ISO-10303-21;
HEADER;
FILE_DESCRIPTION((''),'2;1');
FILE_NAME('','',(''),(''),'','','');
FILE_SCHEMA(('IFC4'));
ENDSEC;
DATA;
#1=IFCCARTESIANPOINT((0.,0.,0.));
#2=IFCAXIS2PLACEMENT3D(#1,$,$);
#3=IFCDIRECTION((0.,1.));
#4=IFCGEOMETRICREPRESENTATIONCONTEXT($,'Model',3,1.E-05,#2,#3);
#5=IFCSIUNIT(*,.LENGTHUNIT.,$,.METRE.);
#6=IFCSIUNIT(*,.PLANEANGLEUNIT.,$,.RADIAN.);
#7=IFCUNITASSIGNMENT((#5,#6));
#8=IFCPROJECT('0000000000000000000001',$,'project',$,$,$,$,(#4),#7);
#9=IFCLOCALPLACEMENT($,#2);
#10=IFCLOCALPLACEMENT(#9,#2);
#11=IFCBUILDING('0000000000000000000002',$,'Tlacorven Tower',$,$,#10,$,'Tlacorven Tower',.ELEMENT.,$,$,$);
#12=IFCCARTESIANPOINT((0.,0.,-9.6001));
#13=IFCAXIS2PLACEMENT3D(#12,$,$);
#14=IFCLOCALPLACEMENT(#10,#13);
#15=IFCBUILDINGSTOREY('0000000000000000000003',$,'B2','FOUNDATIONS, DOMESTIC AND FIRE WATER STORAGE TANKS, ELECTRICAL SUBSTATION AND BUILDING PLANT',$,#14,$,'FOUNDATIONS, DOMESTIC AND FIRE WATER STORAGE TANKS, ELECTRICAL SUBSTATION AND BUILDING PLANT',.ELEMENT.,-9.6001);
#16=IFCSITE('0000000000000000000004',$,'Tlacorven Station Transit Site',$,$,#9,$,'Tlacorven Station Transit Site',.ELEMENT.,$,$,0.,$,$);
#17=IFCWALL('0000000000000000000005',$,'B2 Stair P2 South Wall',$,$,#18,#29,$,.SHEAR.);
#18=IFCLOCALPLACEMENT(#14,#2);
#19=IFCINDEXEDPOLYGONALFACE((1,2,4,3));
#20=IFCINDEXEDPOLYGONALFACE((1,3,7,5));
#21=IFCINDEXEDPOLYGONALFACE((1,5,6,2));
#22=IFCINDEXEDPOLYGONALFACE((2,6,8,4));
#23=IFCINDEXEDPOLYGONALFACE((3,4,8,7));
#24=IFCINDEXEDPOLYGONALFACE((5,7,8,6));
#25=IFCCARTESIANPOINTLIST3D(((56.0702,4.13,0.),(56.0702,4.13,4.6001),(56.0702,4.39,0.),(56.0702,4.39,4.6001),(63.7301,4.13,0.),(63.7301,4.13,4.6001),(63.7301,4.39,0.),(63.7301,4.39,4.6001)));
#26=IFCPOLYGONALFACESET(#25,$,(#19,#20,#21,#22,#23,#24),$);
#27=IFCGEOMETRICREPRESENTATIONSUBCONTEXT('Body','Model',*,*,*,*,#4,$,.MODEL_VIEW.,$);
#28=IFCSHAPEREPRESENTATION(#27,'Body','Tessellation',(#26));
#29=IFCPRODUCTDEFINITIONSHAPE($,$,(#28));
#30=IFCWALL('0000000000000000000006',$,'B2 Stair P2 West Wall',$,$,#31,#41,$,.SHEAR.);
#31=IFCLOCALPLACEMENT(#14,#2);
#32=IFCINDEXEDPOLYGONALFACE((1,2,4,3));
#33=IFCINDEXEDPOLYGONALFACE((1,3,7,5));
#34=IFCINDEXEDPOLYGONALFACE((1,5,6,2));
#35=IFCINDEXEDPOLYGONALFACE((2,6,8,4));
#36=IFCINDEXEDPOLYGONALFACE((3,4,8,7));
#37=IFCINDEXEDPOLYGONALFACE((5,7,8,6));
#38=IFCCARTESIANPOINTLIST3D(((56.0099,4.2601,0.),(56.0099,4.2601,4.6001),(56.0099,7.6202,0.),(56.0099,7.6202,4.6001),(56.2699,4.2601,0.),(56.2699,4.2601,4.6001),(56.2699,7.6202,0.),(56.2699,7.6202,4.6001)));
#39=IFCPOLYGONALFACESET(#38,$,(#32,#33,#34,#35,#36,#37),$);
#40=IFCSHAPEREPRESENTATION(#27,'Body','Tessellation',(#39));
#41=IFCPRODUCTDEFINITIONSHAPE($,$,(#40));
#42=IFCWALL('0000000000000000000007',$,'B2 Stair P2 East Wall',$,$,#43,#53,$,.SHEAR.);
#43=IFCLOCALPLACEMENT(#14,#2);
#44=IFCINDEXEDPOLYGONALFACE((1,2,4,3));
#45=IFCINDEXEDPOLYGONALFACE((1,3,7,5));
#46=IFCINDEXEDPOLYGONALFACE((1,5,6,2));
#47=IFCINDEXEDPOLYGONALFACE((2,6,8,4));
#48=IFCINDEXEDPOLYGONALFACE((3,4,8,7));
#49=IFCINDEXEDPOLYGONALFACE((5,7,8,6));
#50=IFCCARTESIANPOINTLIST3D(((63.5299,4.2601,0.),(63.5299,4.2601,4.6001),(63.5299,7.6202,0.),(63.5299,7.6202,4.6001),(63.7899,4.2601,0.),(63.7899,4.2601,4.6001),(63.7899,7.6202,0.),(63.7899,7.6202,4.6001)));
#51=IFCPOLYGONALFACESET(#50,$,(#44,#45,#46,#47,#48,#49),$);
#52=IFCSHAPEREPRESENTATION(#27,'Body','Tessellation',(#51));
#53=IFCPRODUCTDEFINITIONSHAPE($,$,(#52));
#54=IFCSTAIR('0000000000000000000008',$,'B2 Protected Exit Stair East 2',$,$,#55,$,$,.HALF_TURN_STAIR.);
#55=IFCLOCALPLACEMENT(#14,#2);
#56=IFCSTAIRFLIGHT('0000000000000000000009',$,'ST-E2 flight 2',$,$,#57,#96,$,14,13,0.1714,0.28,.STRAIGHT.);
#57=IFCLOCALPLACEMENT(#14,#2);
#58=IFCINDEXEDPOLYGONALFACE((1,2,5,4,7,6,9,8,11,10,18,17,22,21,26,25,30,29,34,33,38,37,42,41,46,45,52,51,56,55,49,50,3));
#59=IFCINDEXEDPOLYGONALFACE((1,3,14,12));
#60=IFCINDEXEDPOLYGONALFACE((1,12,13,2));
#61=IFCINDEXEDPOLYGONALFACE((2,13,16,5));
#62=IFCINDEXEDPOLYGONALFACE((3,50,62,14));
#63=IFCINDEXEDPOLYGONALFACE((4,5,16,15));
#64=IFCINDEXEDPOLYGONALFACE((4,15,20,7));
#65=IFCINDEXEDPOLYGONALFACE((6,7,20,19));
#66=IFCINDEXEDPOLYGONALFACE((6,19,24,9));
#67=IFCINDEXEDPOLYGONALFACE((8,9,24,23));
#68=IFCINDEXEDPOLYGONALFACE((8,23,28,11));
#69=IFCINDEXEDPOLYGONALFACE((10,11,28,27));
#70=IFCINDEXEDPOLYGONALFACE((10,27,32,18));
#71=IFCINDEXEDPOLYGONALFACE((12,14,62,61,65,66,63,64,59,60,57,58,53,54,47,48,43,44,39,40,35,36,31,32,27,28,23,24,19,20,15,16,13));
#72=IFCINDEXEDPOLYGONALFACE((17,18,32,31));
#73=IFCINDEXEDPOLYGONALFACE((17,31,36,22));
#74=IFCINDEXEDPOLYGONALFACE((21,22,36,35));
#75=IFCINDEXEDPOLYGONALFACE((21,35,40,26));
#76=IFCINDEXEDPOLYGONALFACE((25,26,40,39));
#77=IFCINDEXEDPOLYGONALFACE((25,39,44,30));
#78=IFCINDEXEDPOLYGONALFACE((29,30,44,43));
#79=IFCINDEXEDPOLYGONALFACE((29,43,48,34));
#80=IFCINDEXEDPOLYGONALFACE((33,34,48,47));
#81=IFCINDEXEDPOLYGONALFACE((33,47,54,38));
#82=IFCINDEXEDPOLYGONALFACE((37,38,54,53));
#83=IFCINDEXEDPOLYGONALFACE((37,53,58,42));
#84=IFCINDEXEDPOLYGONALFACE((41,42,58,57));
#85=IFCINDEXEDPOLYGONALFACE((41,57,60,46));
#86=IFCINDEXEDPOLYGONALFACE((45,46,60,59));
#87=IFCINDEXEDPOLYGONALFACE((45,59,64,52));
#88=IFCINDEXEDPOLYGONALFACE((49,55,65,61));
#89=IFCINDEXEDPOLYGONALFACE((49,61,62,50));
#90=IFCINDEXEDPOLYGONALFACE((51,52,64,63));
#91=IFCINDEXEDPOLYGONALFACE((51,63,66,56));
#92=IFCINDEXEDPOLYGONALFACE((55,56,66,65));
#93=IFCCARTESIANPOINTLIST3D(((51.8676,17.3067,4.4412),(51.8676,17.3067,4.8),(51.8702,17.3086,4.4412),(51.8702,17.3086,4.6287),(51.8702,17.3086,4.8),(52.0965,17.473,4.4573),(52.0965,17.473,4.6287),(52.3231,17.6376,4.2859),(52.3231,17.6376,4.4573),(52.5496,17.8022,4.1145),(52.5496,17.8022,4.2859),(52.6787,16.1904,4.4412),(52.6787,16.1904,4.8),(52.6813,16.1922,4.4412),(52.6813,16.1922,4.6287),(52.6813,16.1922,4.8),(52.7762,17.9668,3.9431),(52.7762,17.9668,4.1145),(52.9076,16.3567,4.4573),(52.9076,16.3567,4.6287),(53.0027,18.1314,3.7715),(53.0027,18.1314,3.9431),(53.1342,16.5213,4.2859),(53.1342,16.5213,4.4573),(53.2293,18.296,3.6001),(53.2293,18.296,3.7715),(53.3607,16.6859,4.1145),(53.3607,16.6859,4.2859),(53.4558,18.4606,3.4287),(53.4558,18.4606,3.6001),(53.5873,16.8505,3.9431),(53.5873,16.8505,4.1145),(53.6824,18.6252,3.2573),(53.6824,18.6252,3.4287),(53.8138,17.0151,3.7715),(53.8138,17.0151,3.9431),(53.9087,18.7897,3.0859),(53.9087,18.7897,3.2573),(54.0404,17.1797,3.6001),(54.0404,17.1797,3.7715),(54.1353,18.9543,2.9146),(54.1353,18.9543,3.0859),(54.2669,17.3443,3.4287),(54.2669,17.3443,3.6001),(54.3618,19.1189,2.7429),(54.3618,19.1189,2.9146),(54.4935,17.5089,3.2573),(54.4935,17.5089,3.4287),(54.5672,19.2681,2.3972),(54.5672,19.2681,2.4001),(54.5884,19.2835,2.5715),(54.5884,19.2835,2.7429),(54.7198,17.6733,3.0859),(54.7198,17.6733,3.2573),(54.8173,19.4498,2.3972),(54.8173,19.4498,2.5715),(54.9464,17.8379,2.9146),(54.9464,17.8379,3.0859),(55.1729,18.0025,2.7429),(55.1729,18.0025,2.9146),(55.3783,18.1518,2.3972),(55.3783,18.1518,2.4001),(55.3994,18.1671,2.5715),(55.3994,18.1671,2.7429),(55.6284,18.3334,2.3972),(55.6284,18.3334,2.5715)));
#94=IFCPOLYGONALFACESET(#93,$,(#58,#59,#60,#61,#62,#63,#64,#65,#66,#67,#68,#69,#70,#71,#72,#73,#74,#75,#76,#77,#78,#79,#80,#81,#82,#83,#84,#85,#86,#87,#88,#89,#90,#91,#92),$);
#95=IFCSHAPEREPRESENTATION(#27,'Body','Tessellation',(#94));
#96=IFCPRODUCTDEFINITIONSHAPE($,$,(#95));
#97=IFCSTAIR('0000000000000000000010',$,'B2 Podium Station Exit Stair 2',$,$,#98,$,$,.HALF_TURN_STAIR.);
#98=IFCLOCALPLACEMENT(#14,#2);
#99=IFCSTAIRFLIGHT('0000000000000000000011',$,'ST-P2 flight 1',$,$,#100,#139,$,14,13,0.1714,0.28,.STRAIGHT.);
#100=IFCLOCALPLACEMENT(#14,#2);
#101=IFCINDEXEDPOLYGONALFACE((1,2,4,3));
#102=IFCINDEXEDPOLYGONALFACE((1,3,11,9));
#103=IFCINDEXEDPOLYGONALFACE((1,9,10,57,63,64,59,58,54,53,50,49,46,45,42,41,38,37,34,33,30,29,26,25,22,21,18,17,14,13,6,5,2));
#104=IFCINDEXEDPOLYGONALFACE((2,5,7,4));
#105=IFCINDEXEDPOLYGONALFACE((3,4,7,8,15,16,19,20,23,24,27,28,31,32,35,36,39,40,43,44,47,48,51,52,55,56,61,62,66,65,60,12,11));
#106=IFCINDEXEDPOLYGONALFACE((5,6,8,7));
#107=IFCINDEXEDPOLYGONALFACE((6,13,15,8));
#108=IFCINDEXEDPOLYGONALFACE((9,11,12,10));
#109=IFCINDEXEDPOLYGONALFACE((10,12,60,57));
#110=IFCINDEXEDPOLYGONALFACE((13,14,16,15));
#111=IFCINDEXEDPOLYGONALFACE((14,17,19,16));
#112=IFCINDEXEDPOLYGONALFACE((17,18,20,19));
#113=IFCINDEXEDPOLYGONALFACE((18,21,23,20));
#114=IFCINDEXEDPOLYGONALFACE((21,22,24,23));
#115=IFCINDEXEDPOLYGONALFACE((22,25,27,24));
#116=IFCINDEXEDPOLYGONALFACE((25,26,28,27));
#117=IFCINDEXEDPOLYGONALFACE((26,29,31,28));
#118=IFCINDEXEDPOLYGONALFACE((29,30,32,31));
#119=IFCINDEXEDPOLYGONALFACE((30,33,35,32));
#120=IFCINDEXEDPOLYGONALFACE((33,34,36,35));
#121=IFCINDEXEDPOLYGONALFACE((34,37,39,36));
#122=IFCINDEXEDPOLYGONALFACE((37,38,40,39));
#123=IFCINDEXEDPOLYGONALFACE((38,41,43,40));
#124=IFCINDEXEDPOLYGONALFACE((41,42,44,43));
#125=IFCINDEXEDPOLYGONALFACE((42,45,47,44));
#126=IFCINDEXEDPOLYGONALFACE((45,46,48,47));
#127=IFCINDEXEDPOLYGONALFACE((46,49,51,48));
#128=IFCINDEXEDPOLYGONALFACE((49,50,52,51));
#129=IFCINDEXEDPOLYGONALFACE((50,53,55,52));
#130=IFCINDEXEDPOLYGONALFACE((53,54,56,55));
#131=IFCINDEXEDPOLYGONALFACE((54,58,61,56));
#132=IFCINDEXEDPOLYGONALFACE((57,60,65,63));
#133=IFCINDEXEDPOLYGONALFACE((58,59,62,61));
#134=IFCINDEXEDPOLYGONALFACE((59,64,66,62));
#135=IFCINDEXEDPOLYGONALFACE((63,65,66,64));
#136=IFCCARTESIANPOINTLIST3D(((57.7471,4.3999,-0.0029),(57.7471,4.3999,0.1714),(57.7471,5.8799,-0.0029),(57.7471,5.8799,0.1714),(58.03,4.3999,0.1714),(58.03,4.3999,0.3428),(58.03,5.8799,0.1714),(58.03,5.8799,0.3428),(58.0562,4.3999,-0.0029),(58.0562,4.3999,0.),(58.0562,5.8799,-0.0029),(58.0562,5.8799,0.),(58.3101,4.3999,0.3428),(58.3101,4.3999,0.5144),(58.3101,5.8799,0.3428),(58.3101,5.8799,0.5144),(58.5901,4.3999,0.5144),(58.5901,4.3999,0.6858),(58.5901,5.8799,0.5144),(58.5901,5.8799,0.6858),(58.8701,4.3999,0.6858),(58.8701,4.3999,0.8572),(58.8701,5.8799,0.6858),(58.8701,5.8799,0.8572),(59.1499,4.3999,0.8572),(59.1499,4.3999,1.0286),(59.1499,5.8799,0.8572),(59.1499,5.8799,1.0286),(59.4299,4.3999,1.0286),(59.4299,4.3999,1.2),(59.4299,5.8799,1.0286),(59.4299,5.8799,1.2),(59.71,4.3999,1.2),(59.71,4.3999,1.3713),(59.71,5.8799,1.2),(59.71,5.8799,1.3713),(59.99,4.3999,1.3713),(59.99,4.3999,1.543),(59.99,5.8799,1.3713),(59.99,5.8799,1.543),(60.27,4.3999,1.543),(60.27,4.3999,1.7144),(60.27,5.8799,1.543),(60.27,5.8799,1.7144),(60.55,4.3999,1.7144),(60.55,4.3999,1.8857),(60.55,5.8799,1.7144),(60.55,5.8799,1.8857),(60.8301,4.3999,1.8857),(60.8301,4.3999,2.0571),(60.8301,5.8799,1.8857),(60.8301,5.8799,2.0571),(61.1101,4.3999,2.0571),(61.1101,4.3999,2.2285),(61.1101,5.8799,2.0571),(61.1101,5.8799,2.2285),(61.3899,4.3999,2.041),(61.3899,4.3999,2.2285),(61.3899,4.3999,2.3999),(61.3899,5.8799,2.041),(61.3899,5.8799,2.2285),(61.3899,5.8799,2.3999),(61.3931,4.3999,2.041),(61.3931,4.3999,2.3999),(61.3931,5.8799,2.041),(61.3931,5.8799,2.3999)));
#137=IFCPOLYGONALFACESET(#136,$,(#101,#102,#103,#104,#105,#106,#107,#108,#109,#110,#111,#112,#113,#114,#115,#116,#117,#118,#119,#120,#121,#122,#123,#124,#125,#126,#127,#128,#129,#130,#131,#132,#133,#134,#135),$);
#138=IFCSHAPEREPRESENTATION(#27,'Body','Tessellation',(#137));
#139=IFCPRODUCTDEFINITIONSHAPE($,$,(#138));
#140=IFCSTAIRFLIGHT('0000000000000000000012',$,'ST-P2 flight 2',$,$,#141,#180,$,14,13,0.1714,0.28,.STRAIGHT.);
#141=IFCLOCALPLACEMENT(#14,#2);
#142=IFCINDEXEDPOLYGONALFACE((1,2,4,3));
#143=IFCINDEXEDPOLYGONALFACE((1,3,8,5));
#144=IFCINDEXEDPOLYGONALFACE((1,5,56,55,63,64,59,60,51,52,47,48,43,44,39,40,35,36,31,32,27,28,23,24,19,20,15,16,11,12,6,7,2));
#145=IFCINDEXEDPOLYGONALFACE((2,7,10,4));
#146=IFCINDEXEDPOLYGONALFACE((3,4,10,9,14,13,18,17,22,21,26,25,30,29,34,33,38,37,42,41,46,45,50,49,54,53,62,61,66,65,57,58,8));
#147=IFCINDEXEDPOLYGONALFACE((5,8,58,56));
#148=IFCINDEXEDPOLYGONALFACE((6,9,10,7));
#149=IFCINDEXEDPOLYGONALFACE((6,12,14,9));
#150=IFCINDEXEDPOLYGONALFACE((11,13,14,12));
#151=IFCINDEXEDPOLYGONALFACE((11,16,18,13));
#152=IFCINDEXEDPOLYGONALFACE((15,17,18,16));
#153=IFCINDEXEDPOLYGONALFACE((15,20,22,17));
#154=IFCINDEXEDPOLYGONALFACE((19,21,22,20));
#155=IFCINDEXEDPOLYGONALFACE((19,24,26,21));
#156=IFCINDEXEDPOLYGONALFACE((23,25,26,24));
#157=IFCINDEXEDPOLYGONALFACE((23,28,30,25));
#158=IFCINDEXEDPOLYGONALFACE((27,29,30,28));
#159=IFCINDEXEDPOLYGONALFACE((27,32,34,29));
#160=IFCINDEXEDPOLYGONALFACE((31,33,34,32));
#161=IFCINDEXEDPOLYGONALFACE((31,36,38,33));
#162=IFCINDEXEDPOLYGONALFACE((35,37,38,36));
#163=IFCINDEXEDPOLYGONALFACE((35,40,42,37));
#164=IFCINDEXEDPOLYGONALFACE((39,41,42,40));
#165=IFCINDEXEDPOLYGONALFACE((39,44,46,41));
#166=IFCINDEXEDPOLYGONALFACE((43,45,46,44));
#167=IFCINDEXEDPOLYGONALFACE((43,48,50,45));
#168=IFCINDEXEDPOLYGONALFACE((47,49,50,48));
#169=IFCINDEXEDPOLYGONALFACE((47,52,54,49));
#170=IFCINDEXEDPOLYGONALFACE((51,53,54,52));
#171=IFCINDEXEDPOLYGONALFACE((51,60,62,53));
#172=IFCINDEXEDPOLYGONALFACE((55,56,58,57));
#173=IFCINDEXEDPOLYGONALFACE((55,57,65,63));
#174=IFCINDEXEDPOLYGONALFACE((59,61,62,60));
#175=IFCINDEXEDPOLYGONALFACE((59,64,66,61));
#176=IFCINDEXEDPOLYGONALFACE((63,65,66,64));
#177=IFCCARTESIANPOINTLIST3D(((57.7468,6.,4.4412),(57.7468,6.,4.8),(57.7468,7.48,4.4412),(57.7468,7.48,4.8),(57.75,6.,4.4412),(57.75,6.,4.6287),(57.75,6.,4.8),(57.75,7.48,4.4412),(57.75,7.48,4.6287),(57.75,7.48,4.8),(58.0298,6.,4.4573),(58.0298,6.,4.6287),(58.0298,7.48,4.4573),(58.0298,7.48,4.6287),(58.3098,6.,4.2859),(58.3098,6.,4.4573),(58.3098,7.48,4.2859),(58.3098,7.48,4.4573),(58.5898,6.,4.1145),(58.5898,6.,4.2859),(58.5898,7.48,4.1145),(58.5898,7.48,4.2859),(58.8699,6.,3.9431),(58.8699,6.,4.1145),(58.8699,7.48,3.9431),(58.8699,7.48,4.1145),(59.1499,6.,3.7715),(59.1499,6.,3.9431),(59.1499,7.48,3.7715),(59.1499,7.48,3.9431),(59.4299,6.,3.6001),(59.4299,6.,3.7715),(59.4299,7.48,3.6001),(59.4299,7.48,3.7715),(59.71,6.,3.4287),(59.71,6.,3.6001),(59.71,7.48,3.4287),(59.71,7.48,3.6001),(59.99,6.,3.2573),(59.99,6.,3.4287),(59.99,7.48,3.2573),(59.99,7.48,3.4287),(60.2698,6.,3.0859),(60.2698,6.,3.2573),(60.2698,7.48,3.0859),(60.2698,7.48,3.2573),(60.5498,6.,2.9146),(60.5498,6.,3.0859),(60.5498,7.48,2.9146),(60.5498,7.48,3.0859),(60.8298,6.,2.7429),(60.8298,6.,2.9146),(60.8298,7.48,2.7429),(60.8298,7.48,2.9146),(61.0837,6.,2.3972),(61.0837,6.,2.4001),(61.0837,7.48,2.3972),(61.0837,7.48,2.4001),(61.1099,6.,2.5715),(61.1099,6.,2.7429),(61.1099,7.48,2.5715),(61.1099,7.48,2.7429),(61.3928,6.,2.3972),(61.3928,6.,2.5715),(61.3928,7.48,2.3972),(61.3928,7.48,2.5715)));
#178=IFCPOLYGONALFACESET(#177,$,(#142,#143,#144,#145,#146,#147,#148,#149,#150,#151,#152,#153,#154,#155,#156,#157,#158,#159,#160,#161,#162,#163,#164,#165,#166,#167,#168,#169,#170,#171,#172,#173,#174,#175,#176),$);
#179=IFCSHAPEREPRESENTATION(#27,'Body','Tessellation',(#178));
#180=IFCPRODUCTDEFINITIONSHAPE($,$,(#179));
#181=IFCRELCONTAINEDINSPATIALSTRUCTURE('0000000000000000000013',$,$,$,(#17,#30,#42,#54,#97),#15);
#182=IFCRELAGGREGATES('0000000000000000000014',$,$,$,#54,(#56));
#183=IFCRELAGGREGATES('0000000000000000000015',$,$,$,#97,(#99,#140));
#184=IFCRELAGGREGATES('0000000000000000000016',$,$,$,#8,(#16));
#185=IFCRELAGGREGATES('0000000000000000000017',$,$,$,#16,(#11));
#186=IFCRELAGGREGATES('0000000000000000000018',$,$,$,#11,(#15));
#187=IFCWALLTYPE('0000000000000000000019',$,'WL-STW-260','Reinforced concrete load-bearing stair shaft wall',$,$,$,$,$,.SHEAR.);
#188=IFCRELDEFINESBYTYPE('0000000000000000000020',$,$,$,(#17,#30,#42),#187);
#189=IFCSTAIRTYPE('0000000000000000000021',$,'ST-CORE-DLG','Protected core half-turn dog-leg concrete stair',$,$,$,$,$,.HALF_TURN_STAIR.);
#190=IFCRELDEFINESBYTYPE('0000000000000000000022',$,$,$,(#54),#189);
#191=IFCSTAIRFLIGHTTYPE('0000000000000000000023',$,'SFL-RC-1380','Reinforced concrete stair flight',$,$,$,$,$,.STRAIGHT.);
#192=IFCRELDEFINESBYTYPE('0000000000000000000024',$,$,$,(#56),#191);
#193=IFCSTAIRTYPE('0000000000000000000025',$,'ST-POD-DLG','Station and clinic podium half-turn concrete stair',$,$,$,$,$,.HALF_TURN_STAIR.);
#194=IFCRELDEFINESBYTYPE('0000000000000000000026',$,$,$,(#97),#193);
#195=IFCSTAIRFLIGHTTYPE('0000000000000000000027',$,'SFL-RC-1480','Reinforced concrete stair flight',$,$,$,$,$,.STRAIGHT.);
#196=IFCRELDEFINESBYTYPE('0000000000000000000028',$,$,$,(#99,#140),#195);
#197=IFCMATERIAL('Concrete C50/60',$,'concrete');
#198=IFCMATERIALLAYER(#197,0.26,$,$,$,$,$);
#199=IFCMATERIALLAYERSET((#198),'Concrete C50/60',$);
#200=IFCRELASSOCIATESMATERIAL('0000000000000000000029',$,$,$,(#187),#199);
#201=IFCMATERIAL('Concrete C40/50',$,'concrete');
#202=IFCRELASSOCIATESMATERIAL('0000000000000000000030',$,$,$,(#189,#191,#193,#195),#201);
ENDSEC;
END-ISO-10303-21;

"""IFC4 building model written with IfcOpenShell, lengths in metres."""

from ifc_helpers import new_model, si_unit, direction, frame, frame_2d, origin, place, context, subcontext, project, spatial, polyline, rectangle, outline, extrude, source, transform, mapped, material, layer, layer_set, type_object, element, aggregate, save


model = new_model("IFC4")

# Units and contexts
model_context = context("Model", 3, precision=1e-05, world=origin(), true_north=direction((0.0, 1.0)))
body_context = subcontext(model_context, "Body", "Model", "MODEL_VIEW")
ifc_project = project(units=[si_unit("LENGTHUNIT", "METRE"), si_unit("PLANEANGLEUNIT", "RADIAN")], contexts=[model_context])

# Site, building, storey
site_placement = place(None, origin())
site = spatial("IfcSite", under=ifc_project, at=site_placement, Name="Tlacorven Station Transit Site", LongName="Tlacorven Station Transit Site", CompositionType="ELEMENT", RefElevation=0.0)
building_placement = place(site_placement, origin())
building = spatial("IfcBuilding", under=site, at=building_placement, Name="Tlacorven Tower", LongName="Tlacorven Tower", CompositionType="ELEMENT")
storey_placement = place(building_placement, frame((0.0, 0.0, -9.6001)))
storey = spatial("IfcBuildingStorey", under=building, at=storey_placement, Name="B2", Description="FOUNDATIONS, DOMESTIC AND FIRE WATER STORAGE TANKS, ELECTRICAL SUBSTATION AND BUILDING PLANT", LongName="FOUNDATIONS, DOMESTIC AND FIRE WATER STORAGE TANKS, ELECTRICAL SUBSTATION AND BUILDING PLANT", CompositionType="ELEMENT", Elevation=-9.6001)

# Shared definitions
ifc_material_1 = material(Name="Concrete C50/60", Category="concrete")

# Shared definitions
ifc_material_2 = material(Name="Concrete C40/50", Category="concrete")
ifc_layer_1 = layer(ifc_material_1, 0.26)
ifc_layer_set_1 = layer_set([ifc_layer_1], Name="Concrete C50/60")
wall_type_1 = type_object("IfcWallType", Name="WL-STW-260", Description="Reinforced concrete load-bearing stair shaft wall", PredefinedType="SHEAR", material=ifc_layer_set_1)

# Walls
wall_1_placement = place(storey_placement, frame((56.0701, 4.26, 0.0), z_axis=(0.0, 0.0, 1.0), x_axis=(1.0, 0.0, 0.0)))
element("IfcWall", 1, at=wall_1_placement, inside=storey, type_object=wall_type_1, Name="B2 Stair P2 South Wall", PredefinedType="SHEAR", context=body_context, shape_type="SweptSolid", body=[
    extrude(rectangle(XDim=7.6599, YDim=0.26, at=frame_2d((3.8301, 0.0))), origin(), (0.0, 0.0, 1.0), 4.6001),
])
for number, where, z_axis, x_axis, name in (
    (2, (56.1399, 4.26, 0.0), (0.0, 0.0, 1.0), (0.0, 1.0, 0.0), "B2 Stair P2 West Wall"),
    (3, (63.6599, 4.26, 0.0), (0.0, 0.0, 1.0), (0.0, 1.0, 0.0), "B2 Stair P2 East Wall"),
):
    element("IfcWall", number, at=place(storey_placement, frame(where, z_axis=z_axis, x_axis=x_axis)), inside=storey, type_object=wall_type_1, Name=name, PredefinedType="SHEAR", context=body_context, shape_type="SweptSolid", body=[
        extrude(rectangle(XDim=3.3601, YDim=0.26, at=frame_2d((1.6802, 0.0))), origin(), (0.0, 0.0, 1.0), 4.6001),
    ])

# Stair, stair flight
stair_type_1 = type_object("IfcStairType", Name="ST-CORE-DLG", Description="Protected core half-turn dog-leg concrete stair", PredefinedType="HALF_TURN_STAIR", material=ifc_material_2)
stair_1_placement = place(storey_placement, origin())
stair_1 = element("IfcStair", 4, at=stair_1_placement, inside=storey, type_object=stair_type_1, Name="B2 Protected Exit Stair East 2", PredefinedType="HALF_TURN_STAIR")
stair_flight_type_1 = type_object("IfcStairFlightType", Name="SFL-RC-1380", Description="Reinforced concrete stair flight", PredefinedType="STRAIGHT", material=ifc_material_2)
shared_shape_1 = source(origin(), body_context, "Body", "SweptSolid", [
    extrude(outline(polyline([(-0.0029, -0.0029), (-0.0029, 0.1714), (0.28, 0.1714), (0.28, 0.3428), (0.5601, 0.3428), (0.5601, 0.5144), (0.8401, 0.5144), (0.8401, 0.6858), (1.1201, 0.6858), (1.1201, 0.8572), (1.3999, 0.8572), (1.3999, 1.0286), (1.6799, 1.0286), (1.6799, 1.2), (1.96, 1.2), (1.96, 1.3713), (2.24, 1.3713), (2.24, 1.543), (2.52, 1.543), (2.52, 1.7144), (2.8, 1.7144), (2.8, 1.8857), (3.0801, 1.8857), (3.0801, 2.0571), (3.3601, 2.0571), (3.3601, 2.2285), (3.6399, 2.2285), (3.6399, 2.3999), (3.6431, 2.3999), (3.6431, 2.041), (3.6399, 2.041), (0.3062, 0.0), (0.3062, -0.0029), (-0.0029, -0.0029)])), frame((0.0, 0.6899, 0.0), z_axis=(0.0, -1.0, 0.0), x_axis=(1.0, 0.0, 0.0)), (0.0, 0.0, 1.0), 1.3799),
])
stair_flight_1_placement = place(storey_placement, frame((55.2205, 18.8899, 2.4001), z_axis=(0.0, 0.0, 1.0), x_axis=(-0.809017, -0.587785, 0.0)))
stair_flight_1 = element("IfcStairFlight", 5, at=stair_flight_1_placement, type_object=stair_flight_type_1, Name="ST-E2 flight 2", NumberOfRisers=14, NumberOfTreads=13, PredefinedType="STRAIGHT", RiserHeight=0.1714, TreadLength=0.28, context=body_context, shape_type="MappedRepresentation", body=[
    mapped(shared_shape_1, transform((0.0, 0.0, 0.0), scale=1.0)),
])
aggregate(stair_1, [stair_flight_1])

# Stair, stair flights
stair_type_2 = type_object("IfcStairType", Name="ST-POD-DLG", Description="Station and clinic podium half-turn concrete stair", PredefinedType="HALF_TURN_STAIR", material=ifc_material_2)
stair_2_placement = place(storey_placement, origin())
stair_2 = element("IfcStair", 6, at=stair_2_placement, inside=storey, type_object=stair_type_2, Name="B2 Podium Station Exit Stair 2", PredefinedType="HALF_TURN_STAIR")
stair_flight_type_2 = type_object("IfcStairFlightType", Name="SFL-RC-1480", Description="Reinforced concrete stair flight", PredefinedType="STRAIGHT", material=ifc_material_2)
shared_shape_2 = source(origin(), body_context, "Body", "SweptSolid", [
    extrude(outline(polyline([(-0.0029, -0.0029), (-0.0029, 0.1714), (0.28, 0.1714), (0.28, 0.3428), (0.5601, 0.3428), (0.5601, 0.5144), (0.8401, 0.5144), (0.8401, 0.6858), (1.1201, 0.6858), (1.1201, 0.8572), (1.3999, 0.8572), (1.3999, 1.0286), (1.6799, 1.0286), (1.6799, 1.2), (1.96, 1.2), (1.96, 1.3713), (2.24, 1.3713), (2.24, 1.543), (2.52, 1.543), (2.52, 1.7144), (2.8, 1.7144), (2.8, 1.8857), (3.0801, 1.8857), (3.0801, 2.0571), (3.3601, 2.0571), (3.3601, 2.2285), (3.6399, 2.2285), (3.6399, 2.3999), (3.6431, 2.3999), (3.6431, 2.041), (3.6399, 2.041), (0.3062, 0.0), (0.3062, -0.0029), (-0.0029, -0.0029)])), frame((0.0, 0.74, 0.0), z_axis=(0.0, -1.0, 0.0), x_axis=(1.0, 0.0, 0.0)), (0.0, 0.0, 1.0), 1.48),
])
stair_flight_2_placement = place(storey_placement, frame((57.75, 5.1399, 0.0), z_axis=(0.0, 0.0, 1.0), x_axis=(1.0, 0.0, 0.0)))
stair_flight_2 = element("IfcStairFlight", 7, at=stair_flight_2_placement, type_object=stair_flight_type_2, Name="ST-P2 flight 1", NumberOfRisers=14, NumberOfTreads=13, PredefinedType="STRAIGHT", RiserHeight=0.1714, TreadLength=0.28, context=body_context, shape_type="MappedRepresentation", body=[
    mapped(shared_shape_2, transform((0.0, 0.0, 0.0), scale=1.0)),
])
stair_flight_3_placement = place(storey_placement, frame((61.3899, 6.74, 2.4001), z_axis=(0.0, 0.0, 1.0), x_axis=(-1.0, 0.0, 0.0)))
stair_flight_3 = element("IfcStairFlight", 8, at=stair_flight_3_placement, type_object=stair_flight_type_2, Name="ST-P2 flight 2", NumberOfRisers=14, NumberOfTreads=13, PredefinedType="STRAIGHT", RiserHeight=0.1714, TreadLength=0.28, context=body_context, shape_type="MappedRepresentation", body=[
    mapped(shared_shape_2, transform((0.0, 0.0, 0.0), scale=1.0)),
])
aggregate(stair_2, [stair_flight_2, stair_flight_3])

save(model, "model.ifc")
